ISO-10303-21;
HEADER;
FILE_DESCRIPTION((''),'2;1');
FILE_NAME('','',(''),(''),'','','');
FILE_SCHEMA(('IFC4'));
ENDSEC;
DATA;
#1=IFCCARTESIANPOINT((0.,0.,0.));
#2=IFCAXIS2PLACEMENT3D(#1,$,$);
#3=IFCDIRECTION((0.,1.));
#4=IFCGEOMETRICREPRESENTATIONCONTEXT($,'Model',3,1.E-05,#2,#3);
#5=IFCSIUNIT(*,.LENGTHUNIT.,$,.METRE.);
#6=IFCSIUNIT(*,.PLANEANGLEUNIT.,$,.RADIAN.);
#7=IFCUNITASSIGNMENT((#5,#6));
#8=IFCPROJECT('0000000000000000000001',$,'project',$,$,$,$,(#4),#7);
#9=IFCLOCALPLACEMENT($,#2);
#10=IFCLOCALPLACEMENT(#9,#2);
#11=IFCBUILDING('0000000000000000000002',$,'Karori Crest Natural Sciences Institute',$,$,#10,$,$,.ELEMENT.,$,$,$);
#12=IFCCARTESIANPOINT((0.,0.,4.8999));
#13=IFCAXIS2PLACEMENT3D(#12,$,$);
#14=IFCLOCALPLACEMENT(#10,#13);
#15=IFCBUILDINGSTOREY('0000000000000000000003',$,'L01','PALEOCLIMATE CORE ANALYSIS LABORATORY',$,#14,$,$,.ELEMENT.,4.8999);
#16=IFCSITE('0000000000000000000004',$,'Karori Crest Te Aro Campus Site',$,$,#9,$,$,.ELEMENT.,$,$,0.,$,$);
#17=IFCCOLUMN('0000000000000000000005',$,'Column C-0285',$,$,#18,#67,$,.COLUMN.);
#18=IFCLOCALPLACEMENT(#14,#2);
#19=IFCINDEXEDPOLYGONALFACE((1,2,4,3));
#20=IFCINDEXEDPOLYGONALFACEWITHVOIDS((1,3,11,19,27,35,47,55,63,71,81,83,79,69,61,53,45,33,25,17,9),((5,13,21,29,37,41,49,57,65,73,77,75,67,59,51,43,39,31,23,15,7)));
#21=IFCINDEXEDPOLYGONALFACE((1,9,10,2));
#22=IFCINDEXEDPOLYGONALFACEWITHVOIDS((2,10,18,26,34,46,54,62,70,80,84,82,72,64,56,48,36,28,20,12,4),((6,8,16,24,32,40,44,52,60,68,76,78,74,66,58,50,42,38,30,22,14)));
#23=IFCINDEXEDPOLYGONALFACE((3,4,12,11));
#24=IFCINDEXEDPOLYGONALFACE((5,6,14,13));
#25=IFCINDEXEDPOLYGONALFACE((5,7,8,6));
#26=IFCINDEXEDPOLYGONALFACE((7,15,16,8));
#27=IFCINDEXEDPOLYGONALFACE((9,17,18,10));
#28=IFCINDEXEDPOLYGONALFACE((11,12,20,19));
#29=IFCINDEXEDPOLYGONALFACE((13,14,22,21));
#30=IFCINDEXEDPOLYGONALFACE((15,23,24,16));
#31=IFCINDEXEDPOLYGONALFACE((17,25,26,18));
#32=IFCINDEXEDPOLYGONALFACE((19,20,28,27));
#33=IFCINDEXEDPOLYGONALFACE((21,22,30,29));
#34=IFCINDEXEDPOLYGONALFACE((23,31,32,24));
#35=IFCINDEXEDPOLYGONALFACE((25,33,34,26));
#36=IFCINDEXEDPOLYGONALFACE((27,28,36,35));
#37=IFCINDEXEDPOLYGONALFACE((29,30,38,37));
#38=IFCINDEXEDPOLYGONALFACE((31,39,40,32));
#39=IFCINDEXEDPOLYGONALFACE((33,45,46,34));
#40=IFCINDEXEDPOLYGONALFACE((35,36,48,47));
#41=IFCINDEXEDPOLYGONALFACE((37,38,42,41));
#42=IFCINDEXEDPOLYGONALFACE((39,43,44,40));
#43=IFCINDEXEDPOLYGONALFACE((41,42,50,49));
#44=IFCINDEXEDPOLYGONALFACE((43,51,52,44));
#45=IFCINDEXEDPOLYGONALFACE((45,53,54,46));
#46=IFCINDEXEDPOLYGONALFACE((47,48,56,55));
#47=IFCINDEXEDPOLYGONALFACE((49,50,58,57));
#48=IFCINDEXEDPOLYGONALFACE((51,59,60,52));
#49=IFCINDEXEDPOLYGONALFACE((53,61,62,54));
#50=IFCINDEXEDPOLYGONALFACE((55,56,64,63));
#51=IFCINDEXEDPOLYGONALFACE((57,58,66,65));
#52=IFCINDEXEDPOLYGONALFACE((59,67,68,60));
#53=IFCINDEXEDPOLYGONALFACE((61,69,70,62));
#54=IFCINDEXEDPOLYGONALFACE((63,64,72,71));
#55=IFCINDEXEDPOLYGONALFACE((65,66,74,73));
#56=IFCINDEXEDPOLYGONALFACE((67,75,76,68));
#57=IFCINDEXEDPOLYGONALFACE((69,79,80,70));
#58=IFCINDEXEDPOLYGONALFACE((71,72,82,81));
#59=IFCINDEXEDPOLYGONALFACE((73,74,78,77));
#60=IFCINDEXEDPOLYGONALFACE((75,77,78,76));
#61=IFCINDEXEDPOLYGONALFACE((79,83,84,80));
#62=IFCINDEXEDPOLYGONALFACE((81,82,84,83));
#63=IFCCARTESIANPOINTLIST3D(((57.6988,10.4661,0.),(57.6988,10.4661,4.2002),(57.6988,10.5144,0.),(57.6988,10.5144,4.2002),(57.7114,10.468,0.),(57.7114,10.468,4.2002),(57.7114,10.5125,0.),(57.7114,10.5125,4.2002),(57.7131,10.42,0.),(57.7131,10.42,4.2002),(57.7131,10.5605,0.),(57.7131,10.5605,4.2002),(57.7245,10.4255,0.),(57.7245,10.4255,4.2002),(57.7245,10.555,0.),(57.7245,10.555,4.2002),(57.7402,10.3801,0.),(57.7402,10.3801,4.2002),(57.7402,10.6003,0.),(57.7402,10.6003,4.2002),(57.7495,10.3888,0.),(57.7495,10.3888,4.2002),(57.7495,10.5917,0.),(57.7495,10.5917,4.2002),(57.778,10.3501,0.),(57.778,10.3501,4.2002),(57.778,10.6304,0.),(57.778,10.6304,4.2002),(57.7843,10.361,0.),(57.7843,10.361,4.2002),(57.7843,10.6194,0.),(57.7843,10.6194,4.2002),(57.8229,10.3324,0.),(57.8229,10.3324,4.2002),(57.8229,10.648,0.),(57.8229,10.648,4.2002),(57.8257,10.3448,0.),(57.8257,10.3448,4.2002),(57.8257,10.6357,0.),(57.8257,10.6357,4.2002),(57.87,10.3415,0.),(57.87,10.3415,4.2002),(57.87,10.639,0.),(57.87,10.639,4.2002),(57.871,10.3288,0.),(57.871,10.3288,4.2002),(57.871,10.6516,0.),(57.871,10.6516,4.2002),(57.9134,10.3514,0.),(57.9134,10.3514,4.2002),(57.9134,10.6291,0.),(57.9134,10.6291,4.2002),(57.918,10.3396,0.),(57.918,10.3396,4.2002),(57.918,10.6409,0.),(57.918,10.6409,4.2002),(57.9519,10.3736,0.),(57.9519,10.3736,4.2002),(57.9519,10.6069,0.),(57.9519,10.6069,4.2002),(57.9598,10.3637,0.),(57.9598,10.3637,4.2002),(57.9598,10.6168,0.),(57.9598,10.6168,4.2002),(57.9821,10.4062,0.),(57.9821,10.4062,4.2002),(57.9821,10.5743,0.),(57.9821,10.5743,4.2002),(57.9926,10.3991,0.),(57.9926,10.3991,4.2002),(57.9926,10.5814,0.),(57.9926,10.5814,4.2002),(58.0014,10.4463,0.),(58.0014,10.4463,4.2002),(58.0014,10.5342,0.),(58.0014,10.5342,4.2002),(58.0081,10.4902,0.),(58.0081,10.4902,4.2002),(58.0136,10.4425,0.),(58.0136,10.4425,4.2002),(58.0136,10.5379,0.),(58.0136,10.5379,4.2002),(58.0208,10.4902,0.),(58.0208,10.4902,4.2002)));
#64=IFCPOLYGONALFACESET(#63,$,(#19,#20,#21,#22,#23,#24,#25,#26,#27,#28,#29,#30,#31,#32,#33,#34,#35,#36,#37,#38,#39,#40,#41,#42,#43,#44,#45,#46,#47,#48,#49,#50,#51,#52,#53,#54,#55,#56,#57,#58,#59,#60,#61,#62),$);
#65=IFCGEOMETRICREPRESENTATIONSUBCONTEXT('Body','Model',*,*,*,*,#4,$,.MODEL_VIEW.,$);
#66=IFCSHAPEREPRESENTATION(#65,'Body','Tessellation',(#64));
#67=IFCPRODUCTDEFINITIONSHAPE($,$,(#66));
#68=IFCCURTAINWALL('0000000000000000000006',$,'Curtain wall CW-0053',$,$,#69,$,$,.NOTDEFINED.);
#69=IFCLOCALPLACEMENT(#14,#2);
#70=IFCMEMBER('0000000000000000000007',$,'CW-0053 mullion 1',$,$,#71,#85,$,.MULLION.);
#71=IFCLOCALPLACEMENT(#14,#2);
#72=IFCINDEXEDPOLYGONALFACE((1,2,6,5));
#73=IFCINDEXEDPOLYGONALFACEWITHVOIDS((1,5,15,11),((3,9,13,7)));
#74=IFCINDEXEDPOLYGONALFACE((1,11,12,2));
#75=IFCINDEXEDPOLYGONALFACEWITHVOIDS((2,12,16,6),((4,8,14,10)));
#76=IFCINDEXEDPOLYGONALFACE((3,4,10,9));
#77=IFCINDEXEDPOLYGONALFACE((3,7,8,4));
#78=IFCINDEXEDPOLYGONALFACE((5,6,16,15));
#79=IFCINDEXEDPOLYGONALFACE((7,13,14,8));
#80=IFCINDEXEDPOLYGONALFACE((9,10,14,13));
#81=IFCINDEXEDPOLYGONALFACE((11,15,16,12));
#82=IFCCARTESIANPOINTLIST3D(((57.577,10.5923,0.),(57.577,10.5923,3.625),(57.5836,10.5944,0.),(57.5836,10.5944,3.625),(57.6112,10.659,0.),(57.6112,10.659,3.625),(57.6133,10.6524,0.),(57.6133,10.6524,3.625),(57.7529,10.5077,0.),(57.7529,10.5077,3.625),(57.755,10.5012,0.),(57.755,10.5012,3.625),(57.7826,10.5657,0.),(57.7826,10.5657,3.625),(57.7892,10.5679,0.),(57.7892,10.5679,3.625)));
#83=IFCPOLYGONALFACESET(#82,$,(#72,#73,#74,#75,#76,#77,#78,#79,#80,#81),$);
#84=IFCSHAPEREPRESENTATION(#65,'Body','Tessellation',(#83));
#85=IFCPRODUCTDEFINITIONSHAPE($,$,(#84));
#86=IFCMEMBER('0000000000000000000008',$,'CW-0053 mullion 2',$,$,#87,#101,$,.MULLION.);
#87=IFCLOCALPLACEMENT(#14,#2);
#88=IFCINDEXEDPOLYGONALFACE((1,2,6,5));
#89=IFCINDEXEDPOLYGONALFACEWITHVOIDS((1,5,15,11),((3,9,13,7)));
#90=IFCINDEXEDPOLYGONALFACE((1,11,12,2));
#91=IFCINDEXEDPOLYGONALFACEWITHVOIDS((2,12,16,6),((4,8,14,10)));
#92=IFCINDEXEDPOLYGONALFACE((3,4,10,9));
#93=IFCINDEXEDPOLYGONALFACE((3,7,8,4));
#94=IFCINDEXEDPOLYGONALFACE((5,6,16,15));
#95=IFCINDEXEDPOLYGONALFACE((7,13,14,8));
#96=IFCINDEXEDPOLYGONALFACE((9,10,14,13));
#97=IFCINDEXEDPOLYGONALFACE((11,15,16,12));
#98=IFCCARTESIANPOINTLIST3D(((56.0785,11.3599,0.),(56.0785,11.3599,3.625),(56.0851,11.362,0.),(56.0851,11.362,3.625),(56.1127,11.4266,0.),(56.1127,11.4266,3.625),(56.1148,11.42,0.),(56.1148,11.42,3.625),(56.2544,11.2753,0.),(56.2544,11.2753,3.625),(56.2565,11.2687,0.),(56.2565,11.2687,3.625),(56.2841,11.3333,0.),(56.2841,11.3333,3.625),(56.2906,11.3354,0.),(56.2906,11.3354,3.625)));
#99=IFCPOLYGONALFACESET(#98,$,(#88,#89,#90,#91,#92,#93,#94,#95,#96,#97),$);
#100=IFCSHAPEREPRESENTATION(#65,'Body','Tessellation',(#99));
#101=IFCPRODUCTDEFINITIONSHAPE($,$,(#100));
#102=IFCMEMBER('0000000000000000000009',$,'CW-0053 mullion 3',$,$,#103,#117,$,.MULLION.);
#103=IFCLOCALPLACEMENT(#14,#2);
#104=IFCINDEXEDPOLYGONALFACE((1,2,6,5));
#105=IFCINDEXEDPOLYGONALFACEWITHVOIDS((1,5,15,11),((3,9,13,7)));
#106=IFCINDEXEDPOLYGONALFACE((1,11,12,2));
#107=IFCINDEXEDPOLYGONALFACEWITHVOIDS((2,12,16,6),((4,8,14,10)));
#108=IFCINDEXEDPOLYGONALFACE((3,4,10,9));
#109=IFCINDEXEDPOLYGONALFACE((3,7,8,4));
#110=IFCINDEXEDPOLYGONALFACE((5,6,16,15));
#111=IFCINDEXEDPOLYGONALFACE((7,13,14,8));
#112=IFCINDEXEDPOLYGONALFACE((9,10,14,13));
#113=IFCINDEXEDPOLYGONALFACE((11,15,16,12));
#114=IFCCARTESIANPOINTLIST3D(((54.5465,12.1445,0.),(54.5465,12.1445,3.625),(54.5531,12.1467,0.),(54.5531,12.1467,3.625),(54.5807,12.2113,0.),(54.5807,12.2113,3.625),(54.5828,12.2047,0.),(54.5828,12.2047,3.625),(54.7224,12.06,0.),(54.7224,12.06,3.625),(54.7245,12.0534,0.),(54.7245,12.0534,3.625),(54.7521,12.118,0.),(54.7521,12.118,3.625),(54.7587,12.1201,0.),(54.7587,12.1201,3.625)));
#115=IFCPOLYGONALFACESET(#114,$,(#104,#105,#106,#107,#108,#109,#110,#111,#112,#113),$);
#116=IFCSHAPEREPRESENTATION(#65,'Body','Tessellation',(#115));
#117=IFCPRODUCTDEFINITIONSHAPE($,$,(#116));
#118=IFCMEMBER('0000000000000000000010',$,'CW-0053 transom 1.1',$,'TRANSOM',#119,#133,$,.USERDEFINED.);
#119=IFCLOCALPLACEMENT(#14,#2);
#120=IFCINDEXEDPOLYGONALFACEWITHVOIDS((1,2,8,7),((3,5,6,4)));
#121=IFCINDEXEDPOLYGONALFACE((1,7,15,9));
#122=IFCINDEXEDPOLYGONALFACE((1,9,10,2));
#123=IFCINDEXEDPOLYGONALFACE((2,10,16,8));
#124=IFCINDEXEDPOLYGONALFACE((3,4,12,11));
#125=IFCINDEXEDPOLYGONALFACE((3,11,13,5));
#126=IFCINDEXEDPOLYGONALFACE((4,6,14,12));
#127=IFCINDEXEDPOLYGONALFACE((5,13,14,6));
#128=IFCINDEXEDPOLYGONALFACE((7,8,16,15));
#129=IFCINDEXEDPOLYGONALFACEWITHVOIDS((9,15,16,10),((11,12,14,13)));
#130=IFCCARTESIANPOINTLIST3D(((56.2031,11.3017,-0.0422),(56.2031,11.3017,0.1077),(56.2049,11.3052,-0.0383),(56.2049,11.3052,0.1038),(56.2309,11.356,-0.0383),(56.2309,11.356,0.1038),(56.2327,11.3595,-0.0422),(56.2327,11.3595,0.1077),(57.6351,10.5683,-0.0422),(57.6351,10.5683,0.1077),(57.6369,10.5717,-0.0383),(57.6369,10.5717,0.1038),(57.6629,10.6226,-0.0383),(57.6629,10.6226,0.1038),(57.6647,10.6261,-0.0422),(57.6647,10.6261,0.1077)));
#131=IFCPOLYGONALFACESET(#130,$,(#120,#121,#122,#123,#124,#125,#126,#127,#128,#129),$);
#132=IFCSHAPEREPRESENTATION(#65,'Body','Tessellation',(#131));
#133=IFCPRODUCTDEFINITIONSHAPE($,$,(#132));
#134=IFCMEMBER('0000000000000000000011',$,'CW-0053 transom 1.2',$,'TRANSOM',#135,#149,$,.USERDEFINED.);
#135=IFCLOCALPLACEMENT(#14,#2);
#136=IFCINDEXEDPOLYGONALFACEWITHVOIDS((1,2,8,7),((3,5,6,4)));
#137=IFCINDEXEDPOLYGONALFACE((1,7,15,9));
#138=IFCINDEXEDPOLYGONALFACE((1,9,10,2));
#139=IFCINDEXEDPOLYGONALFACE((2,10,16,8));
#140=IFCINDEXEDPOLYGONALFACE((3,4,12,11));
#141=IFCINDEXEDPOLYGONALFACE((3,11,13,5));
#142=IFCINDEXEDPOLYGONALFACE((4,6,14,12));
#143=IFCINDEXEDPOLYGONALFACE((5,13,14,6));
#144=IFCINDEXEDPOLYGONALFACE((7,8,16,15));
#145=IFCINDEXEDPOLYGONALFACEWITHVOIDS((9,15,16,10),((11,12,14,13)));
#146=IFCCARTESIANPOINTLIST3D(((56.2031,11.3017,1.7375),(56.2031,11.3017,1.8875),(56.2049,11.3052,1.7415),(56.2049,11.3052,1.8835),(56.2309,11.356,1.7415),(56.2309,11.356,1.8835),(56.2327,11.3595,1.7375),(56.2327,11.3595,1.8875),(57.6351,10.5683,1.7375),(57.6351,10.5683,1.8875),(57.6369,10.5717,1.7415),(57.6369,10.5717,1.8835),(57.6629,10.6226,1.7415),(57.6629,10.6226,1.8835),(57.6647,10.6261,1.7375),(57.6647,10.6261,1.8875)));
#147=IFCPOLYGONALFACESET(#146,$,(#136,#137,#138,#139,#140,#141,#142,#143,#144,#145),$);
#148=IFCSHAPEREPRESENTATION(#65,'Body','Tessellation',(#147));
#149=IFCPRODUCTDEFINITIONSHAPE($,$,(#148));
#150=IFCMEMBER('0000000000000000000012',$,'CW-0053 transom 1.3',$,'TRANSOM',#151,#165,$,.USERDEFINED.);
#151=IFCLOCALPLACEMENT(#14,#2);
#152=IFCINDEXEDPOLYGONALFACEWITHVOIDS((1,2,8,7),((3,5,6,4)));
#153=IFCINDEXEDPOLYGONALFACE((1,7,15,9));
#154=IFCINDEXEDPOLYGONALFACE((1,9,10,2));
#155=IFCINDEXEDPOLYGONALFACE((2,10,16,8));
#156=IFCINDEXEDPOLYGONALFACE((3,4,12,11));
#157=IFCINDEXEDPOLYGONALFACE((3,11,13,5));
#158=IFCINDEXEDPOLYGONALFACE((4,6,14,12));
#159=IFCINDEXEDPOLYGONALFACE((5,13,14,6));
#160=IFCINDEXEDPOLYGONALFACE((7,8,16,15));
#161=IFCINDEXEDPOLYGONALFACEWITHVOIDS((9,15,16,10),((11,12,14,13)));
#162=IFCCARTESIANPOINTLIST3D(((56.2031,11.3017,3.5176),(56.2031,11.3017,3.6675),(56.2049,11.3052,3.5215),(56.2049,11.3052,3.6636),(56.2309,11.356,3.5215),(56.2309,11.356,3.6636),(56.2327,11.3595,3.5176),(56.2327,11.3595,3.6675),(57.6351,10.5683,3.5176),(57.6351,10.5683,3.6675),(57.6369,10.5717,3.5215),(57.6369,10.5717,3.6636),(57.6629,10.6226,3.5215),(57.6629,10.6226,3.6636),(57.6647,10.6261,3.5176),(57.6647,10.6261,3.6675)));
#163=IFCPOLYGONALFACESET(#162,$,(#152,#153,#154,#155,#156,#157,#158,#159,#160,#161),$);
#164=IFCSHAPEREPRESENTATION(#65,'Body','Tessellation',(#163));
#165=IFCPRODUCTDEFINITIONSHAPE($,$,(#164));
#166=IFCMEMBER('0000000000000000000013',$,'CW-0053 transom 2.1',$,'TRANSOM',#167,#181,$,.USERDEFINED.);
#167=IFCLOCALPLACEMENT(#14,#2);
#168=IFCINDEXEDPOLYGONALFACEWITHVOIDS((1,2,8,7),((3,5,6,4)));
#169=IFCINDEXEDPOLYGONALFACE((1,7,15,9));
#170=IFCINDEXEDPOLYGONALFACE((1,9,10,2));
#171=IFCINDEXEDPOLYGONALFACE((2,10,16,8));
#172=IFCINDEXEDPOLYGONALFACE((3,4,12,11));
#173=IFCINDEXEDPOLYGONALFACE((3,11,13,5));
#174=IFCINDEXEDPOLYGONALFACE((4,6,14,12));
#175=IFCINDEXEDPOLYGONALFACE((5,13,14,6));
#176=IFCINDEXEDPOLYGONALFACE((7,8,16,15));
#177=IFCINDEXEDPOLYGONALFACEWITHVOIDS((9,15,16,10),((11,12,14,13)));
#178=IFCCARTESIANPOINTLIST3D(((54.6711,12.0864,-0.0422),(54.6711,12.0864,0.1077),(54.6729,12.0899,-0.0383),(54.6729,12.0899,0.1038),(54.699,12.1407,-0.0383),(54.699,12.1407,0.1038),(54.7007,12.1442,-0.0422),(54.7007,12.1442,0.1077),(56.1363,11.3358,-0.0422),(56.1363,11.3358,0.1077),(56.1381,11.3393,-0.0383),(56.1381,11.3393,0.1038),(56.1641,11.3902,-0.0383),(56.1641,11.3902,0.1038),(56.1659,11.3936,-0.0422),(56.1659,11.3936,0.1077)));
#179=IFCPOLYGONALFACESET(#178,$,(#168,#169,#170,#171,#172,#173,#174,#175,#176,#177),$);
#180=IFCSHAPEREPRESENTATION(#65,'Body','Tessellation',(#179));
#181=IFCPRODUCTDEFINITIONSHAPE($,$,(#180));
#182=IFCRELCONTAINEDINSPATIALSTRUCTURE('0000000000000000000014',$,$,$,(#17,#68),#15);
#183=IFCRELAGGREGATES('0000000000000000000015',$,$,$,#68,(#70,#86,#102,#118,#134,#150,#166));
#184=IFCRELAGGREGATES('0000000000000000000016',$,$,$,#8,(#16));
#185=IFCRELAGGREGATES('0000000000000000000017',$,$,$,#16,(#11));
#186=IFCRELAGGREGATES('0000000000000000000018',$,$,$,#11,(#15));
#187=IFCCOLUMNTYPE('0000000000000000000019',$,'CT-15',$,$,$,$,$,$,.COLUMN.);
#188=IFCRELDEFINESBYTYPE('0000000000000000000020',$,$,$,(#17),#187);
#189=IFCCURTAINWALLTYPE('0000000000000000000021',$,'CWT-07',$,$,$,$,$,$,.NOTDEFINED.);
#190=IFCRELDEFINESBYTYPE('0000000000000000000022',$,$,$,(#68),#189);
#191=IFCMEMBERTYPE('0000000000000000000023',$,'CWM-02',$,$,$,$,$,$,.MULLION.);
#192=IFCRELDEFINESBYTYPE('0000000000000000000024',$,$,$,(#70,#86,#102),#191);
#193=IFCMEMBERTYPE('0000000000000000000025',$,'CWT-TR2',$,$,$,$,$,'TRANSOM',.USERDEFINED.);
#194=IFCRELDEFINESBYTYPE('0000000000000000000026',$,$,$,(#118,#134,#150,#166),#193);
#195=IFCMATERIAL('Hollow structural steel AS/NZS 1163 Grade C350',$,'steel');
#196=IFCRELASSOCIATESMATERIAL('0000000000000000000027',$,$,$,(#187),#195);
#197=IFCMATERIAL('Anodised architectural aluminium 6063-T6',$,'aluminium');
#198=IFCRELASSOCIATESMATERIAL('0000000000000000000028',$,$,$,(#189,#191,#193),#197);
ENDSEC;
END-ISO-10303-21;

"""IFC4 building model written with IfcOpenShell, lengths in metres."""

from ifc_helpers import new_model, si_unit, direction, frame, origin, origin_2d, place, context, subcontext, project, spatial, hollow_rectangle, hollow_circle, extrude, material, material_profile, profile_set, type_object, element, aggregate, save


model = new_model("IFC4")

# Units and contexts
model_context = context("Model", 3, precision=1e-05, world=origin(), true_north=direction((0.0, 1.0)))
body_context = subcontext(model_context, "Body", "Model", "MODEL_VIEW")
ifc_project = project(units=[si_unit("LENGTHUNIT", "METRE"), si_unit("PLANEANGLEUNIT", "RADIAN")], contexts=[model_context])

# Site, building, storey
site_placement = place(None, origin())
site = spatial("IfcSite", under=ifc_project, at=site_placement, Name="Karori Crest Te Aro Campus Site", CompositionType="ELEMENT", RefElevation=0.0)
building_placement = place(site_placement, origin())
building = spatial("IfcBuilding", under=site, at=building_placement, Name="Karori Crest Natural Sciences Institute", CompositionType="ELEMENT")
storey_placement = place(building_placement, frame((0.0, 0.0, 4.8999)))
storey = spatial("IfcBuildingStorey", under=building, at=storey_placement, Name="L01", Description="PALEOCLIMATE CORE ANALYSIS LABORATORY", CompositionType="ELEMENT", Elevation=4.8999)

# Column
ifc_material_1 = material(Name="Hollow structural steel AS/NZS 1163 Grade C350", Category="steel")
ifc_material_profile_1 = material_profile(ifc_material_1, hollow_circle(Radius=0.1619, WallThickness=0.0127, at=origin_2d()), Name="CHS323.9x12.7")
ifc_profile_set_1 = profile_set([ifc_material_profile_1], Name="Hollow structural steel AS/NZS 1163 Grade C350")
column_type = type_object("IfcColumnType", Name="CT-15", PredefinedType="COLUMN", material=ifc_profile_set_1)
column_placement = place(storey_placement, frame((57.8589, 10.4902, 0.0), z_axis=(0.0, 0.0, 1.0), x_axis=(1.0, 0.0, 0.0)))
element("IfcColumn", 1, at=column_placement, inside=storey, type_object=column_type, Name="Column C-0285", PredefinedType="COLUMN", context=body_context, shape_type="SweptSolid", body=[
    extrude(hollow_circle(Radius=0.1619, WallThickness=0.0127, at=origin_2d()), origin(), (0.0, 0.0, 1.0), 4.2002),
])

# Curtain wall, members
ifc_material_2 = material(Name="Anodised architectural aluminium 6063-T6", Category="aluminium")
curtain_wall_type = type_object("IfcCurtainWallType", Name="CWT-07", PredefinedType="NOTDEFINED", material=ifc_material_2)
curtain_wall_placement = place(storey_placement, origin())
curtain_wall = element("IfcCurtainWall", 2, at=curtain_wall_placement, inside=storey, type_object=curtain_wall_type, Name="Curtain wall CW-0053", PredefinedType="NOTDEFINED")
ifc_material_profile_2 = material_profile(ifc_material_2, hollow_rectangle(XDim=0.075, YDim=0.2, WallThickness=0.0049, at=origin_2d()), Name="CWM200x75x5")
ifc_profile_set_2 = profile_set([ifc_material_profile_2], Name="Anodised architectural aluminium 6063-T6")
member_type_1 = type_object("IfcMemberType", Name="CWM-02", PredefinedType="MULLION", material=ifc_profile_set_2)
member_1_placement = place(storey_placement, frame((57.6831, 10.5801, 0.0), z_axis=(0.0, 0.0, 1.0), x_axis=(-0.455833, -0.890065, 0.0)))
member_1 = element("IfcMember", 3, at=member_1_placement, type_object=member_type_1, Name="CW-0053 mullion 1", PredefinedType="MULLION", context=body_context, shape_type="SweptSolid", body=[
    extrude(hollow_rectangle(XDim=0.075, YDim=0.2, WallThickness=0.0049, at=origin_2d()), origin(), (0.0, 0.0, 1.0), 3.625),
])
member_2_placement = place(storey_placement, frame((56.1846, 11.3477, 0.0), z_axis=(0.0, 0.0, 1.0), x_axis=(-0.455833, -0.890065, 0.0)))
member_2 = element("IfcMember", 4, at=member_2_placement, type_object=member_type_1, Name="CW-0053 mullion 2", PredefinedType="MULLION", context=body_context, shape_type="SweptSolid", body=[
    extrude(hollow_rectangle(XDim=0.075, YDim=0.2, WallThickness=0.0049, at=origin_2d()), origin(), (0.0, 0.0, 1.0), 3.625),
])
member_3_placement = place(storey_placement, frame((54.6526, 12.1323, 0.0), z_axis=(0.0, 0.0, 1.0), x_axis=(-0.455833, -0.890065, 0.0)))
member_3 = element("IfcMember", 5, at=member_3_placement, type_object=member_type_1, Name="CW-0053 mullion 3", PredefinedType="MULLION", context=body_context, shape_type="SweptSolid", body=[
    extrude(hollow_rectangle(XDim=0.075, YDim=0.2, WallThickness=0.0049, at=origin_2d()), origin(), (0.0, 0.0, 1.0), 3.625),
])
ifc_material_profile_3 = material_profile(ifc_material_2, hollow_rectangle(XDim=0.0649, YDim=0.1499, WallThickness=0.0039, at=origin_2d()), Name="CWT150x65x4")
ifc_profile_set_3 = profile_set([ifc_material_profile_3], Name="Anodised architectural aluminium 6063-T6")
member_type_2 = type_object("IfcMemberType", Name="CWT-TR2", ElementType="TRANSOM", PredefinedType="USERDEFINED", material=ifc_profile_set_3)
member_4_placement = place(storey_placement, frame((57.6499, 10.5972, 0.0327), z_axis=(-0.890045, 0.455873, 0.0), x_axis=(-0.455873, -0.890045, 0.0)))
member_4 = element("IfcMember", 6, at=member_4_placement, type_object=member_type_2, Name="CW-0053 transom 1.1", ObjectType="TRANSOM", PredefinedType="USERDEFINED", context=body_context, shape_type="SweptSolid", body=[
    extrude(hollow_rectangle(XDim=0.0649, YDim=0.1499, WallThickness=0.0039, at=origin_2d()), origin(), (0.0, 0.0, 1.0), 1.6089),
])
member_5_placement = place(storey_placement, frame((57.6499, 10.5972, 1.8125), z_axis=(-0.890045, 0.455873, 0.0), x_axis=(-0.455873, -0.890045, 0.0)))
member_5 = element("IfcMember", 7, at=member_5_placement, type_object=member_type_2, Name="CW-0053 transom 1.2", ObjectType="TRANSOM", PredefinedType="USERDEFINED", context=body_context, shape_type="SweptSolid", body=[
    extrude(hollow_rectangle(XDim=0.0649, YDim=0.1499, WallThickness=0.0039, at=origin_2d()), origin(), (0.0, 0.0, 1.0), 1.6089),
])
member_6_placement = place(storey_placement, frame((57.6499, 10.5972, 3.5925), z_axis=(-0.890045, 0.455873, 0.0), x_axis=(-0.455873, -0.890045, 0.0)))
member_6 = element("IfcMember", 8, at=member_6_placement, type_object=member_type_2, Name="CW-0053 transom 1.3", ObjectType="TRANSOM", PredefinedType="USERDEFINED", context=body_context, shape_type="SweptSolid", body=[
    extrude(hollow_rectangle(XDim=0.0649, YDim=0.1499, WallThickness=0.0039, at=origin_2d()), origin(), (0.0, 0.0, 1.0), 1.6089),
])
member_7_placement = place(storey_placement, frame((56.1511, 11.3647, 0.0327), z_axis=(-0.890024, 0.455913, 0.0), x_axis=(-0.455913, -0.890024, 0.0)))
member_7 = element("IfcMember", 9, at=member_7_placement, type_object=member_type_2, Name="CW-0053 transom 2.1", ObjectType="TRANSOM", PredefinedType="USERDEFINED", context=body_context, shape_type="SweptSolid", body=[
    extrude(hollow_rectangle(XDim=0.0649, YDim=0.1499, WallThickness=0.0039, at=origin_2d()), origin(), (0.0, 0.0, 1.0), 1.6462),
])
aggregate(curtain_wall, [member_1, member_2, member_3, member_4, member_5, member_6, member_7])

save(model, "model.ifc")
